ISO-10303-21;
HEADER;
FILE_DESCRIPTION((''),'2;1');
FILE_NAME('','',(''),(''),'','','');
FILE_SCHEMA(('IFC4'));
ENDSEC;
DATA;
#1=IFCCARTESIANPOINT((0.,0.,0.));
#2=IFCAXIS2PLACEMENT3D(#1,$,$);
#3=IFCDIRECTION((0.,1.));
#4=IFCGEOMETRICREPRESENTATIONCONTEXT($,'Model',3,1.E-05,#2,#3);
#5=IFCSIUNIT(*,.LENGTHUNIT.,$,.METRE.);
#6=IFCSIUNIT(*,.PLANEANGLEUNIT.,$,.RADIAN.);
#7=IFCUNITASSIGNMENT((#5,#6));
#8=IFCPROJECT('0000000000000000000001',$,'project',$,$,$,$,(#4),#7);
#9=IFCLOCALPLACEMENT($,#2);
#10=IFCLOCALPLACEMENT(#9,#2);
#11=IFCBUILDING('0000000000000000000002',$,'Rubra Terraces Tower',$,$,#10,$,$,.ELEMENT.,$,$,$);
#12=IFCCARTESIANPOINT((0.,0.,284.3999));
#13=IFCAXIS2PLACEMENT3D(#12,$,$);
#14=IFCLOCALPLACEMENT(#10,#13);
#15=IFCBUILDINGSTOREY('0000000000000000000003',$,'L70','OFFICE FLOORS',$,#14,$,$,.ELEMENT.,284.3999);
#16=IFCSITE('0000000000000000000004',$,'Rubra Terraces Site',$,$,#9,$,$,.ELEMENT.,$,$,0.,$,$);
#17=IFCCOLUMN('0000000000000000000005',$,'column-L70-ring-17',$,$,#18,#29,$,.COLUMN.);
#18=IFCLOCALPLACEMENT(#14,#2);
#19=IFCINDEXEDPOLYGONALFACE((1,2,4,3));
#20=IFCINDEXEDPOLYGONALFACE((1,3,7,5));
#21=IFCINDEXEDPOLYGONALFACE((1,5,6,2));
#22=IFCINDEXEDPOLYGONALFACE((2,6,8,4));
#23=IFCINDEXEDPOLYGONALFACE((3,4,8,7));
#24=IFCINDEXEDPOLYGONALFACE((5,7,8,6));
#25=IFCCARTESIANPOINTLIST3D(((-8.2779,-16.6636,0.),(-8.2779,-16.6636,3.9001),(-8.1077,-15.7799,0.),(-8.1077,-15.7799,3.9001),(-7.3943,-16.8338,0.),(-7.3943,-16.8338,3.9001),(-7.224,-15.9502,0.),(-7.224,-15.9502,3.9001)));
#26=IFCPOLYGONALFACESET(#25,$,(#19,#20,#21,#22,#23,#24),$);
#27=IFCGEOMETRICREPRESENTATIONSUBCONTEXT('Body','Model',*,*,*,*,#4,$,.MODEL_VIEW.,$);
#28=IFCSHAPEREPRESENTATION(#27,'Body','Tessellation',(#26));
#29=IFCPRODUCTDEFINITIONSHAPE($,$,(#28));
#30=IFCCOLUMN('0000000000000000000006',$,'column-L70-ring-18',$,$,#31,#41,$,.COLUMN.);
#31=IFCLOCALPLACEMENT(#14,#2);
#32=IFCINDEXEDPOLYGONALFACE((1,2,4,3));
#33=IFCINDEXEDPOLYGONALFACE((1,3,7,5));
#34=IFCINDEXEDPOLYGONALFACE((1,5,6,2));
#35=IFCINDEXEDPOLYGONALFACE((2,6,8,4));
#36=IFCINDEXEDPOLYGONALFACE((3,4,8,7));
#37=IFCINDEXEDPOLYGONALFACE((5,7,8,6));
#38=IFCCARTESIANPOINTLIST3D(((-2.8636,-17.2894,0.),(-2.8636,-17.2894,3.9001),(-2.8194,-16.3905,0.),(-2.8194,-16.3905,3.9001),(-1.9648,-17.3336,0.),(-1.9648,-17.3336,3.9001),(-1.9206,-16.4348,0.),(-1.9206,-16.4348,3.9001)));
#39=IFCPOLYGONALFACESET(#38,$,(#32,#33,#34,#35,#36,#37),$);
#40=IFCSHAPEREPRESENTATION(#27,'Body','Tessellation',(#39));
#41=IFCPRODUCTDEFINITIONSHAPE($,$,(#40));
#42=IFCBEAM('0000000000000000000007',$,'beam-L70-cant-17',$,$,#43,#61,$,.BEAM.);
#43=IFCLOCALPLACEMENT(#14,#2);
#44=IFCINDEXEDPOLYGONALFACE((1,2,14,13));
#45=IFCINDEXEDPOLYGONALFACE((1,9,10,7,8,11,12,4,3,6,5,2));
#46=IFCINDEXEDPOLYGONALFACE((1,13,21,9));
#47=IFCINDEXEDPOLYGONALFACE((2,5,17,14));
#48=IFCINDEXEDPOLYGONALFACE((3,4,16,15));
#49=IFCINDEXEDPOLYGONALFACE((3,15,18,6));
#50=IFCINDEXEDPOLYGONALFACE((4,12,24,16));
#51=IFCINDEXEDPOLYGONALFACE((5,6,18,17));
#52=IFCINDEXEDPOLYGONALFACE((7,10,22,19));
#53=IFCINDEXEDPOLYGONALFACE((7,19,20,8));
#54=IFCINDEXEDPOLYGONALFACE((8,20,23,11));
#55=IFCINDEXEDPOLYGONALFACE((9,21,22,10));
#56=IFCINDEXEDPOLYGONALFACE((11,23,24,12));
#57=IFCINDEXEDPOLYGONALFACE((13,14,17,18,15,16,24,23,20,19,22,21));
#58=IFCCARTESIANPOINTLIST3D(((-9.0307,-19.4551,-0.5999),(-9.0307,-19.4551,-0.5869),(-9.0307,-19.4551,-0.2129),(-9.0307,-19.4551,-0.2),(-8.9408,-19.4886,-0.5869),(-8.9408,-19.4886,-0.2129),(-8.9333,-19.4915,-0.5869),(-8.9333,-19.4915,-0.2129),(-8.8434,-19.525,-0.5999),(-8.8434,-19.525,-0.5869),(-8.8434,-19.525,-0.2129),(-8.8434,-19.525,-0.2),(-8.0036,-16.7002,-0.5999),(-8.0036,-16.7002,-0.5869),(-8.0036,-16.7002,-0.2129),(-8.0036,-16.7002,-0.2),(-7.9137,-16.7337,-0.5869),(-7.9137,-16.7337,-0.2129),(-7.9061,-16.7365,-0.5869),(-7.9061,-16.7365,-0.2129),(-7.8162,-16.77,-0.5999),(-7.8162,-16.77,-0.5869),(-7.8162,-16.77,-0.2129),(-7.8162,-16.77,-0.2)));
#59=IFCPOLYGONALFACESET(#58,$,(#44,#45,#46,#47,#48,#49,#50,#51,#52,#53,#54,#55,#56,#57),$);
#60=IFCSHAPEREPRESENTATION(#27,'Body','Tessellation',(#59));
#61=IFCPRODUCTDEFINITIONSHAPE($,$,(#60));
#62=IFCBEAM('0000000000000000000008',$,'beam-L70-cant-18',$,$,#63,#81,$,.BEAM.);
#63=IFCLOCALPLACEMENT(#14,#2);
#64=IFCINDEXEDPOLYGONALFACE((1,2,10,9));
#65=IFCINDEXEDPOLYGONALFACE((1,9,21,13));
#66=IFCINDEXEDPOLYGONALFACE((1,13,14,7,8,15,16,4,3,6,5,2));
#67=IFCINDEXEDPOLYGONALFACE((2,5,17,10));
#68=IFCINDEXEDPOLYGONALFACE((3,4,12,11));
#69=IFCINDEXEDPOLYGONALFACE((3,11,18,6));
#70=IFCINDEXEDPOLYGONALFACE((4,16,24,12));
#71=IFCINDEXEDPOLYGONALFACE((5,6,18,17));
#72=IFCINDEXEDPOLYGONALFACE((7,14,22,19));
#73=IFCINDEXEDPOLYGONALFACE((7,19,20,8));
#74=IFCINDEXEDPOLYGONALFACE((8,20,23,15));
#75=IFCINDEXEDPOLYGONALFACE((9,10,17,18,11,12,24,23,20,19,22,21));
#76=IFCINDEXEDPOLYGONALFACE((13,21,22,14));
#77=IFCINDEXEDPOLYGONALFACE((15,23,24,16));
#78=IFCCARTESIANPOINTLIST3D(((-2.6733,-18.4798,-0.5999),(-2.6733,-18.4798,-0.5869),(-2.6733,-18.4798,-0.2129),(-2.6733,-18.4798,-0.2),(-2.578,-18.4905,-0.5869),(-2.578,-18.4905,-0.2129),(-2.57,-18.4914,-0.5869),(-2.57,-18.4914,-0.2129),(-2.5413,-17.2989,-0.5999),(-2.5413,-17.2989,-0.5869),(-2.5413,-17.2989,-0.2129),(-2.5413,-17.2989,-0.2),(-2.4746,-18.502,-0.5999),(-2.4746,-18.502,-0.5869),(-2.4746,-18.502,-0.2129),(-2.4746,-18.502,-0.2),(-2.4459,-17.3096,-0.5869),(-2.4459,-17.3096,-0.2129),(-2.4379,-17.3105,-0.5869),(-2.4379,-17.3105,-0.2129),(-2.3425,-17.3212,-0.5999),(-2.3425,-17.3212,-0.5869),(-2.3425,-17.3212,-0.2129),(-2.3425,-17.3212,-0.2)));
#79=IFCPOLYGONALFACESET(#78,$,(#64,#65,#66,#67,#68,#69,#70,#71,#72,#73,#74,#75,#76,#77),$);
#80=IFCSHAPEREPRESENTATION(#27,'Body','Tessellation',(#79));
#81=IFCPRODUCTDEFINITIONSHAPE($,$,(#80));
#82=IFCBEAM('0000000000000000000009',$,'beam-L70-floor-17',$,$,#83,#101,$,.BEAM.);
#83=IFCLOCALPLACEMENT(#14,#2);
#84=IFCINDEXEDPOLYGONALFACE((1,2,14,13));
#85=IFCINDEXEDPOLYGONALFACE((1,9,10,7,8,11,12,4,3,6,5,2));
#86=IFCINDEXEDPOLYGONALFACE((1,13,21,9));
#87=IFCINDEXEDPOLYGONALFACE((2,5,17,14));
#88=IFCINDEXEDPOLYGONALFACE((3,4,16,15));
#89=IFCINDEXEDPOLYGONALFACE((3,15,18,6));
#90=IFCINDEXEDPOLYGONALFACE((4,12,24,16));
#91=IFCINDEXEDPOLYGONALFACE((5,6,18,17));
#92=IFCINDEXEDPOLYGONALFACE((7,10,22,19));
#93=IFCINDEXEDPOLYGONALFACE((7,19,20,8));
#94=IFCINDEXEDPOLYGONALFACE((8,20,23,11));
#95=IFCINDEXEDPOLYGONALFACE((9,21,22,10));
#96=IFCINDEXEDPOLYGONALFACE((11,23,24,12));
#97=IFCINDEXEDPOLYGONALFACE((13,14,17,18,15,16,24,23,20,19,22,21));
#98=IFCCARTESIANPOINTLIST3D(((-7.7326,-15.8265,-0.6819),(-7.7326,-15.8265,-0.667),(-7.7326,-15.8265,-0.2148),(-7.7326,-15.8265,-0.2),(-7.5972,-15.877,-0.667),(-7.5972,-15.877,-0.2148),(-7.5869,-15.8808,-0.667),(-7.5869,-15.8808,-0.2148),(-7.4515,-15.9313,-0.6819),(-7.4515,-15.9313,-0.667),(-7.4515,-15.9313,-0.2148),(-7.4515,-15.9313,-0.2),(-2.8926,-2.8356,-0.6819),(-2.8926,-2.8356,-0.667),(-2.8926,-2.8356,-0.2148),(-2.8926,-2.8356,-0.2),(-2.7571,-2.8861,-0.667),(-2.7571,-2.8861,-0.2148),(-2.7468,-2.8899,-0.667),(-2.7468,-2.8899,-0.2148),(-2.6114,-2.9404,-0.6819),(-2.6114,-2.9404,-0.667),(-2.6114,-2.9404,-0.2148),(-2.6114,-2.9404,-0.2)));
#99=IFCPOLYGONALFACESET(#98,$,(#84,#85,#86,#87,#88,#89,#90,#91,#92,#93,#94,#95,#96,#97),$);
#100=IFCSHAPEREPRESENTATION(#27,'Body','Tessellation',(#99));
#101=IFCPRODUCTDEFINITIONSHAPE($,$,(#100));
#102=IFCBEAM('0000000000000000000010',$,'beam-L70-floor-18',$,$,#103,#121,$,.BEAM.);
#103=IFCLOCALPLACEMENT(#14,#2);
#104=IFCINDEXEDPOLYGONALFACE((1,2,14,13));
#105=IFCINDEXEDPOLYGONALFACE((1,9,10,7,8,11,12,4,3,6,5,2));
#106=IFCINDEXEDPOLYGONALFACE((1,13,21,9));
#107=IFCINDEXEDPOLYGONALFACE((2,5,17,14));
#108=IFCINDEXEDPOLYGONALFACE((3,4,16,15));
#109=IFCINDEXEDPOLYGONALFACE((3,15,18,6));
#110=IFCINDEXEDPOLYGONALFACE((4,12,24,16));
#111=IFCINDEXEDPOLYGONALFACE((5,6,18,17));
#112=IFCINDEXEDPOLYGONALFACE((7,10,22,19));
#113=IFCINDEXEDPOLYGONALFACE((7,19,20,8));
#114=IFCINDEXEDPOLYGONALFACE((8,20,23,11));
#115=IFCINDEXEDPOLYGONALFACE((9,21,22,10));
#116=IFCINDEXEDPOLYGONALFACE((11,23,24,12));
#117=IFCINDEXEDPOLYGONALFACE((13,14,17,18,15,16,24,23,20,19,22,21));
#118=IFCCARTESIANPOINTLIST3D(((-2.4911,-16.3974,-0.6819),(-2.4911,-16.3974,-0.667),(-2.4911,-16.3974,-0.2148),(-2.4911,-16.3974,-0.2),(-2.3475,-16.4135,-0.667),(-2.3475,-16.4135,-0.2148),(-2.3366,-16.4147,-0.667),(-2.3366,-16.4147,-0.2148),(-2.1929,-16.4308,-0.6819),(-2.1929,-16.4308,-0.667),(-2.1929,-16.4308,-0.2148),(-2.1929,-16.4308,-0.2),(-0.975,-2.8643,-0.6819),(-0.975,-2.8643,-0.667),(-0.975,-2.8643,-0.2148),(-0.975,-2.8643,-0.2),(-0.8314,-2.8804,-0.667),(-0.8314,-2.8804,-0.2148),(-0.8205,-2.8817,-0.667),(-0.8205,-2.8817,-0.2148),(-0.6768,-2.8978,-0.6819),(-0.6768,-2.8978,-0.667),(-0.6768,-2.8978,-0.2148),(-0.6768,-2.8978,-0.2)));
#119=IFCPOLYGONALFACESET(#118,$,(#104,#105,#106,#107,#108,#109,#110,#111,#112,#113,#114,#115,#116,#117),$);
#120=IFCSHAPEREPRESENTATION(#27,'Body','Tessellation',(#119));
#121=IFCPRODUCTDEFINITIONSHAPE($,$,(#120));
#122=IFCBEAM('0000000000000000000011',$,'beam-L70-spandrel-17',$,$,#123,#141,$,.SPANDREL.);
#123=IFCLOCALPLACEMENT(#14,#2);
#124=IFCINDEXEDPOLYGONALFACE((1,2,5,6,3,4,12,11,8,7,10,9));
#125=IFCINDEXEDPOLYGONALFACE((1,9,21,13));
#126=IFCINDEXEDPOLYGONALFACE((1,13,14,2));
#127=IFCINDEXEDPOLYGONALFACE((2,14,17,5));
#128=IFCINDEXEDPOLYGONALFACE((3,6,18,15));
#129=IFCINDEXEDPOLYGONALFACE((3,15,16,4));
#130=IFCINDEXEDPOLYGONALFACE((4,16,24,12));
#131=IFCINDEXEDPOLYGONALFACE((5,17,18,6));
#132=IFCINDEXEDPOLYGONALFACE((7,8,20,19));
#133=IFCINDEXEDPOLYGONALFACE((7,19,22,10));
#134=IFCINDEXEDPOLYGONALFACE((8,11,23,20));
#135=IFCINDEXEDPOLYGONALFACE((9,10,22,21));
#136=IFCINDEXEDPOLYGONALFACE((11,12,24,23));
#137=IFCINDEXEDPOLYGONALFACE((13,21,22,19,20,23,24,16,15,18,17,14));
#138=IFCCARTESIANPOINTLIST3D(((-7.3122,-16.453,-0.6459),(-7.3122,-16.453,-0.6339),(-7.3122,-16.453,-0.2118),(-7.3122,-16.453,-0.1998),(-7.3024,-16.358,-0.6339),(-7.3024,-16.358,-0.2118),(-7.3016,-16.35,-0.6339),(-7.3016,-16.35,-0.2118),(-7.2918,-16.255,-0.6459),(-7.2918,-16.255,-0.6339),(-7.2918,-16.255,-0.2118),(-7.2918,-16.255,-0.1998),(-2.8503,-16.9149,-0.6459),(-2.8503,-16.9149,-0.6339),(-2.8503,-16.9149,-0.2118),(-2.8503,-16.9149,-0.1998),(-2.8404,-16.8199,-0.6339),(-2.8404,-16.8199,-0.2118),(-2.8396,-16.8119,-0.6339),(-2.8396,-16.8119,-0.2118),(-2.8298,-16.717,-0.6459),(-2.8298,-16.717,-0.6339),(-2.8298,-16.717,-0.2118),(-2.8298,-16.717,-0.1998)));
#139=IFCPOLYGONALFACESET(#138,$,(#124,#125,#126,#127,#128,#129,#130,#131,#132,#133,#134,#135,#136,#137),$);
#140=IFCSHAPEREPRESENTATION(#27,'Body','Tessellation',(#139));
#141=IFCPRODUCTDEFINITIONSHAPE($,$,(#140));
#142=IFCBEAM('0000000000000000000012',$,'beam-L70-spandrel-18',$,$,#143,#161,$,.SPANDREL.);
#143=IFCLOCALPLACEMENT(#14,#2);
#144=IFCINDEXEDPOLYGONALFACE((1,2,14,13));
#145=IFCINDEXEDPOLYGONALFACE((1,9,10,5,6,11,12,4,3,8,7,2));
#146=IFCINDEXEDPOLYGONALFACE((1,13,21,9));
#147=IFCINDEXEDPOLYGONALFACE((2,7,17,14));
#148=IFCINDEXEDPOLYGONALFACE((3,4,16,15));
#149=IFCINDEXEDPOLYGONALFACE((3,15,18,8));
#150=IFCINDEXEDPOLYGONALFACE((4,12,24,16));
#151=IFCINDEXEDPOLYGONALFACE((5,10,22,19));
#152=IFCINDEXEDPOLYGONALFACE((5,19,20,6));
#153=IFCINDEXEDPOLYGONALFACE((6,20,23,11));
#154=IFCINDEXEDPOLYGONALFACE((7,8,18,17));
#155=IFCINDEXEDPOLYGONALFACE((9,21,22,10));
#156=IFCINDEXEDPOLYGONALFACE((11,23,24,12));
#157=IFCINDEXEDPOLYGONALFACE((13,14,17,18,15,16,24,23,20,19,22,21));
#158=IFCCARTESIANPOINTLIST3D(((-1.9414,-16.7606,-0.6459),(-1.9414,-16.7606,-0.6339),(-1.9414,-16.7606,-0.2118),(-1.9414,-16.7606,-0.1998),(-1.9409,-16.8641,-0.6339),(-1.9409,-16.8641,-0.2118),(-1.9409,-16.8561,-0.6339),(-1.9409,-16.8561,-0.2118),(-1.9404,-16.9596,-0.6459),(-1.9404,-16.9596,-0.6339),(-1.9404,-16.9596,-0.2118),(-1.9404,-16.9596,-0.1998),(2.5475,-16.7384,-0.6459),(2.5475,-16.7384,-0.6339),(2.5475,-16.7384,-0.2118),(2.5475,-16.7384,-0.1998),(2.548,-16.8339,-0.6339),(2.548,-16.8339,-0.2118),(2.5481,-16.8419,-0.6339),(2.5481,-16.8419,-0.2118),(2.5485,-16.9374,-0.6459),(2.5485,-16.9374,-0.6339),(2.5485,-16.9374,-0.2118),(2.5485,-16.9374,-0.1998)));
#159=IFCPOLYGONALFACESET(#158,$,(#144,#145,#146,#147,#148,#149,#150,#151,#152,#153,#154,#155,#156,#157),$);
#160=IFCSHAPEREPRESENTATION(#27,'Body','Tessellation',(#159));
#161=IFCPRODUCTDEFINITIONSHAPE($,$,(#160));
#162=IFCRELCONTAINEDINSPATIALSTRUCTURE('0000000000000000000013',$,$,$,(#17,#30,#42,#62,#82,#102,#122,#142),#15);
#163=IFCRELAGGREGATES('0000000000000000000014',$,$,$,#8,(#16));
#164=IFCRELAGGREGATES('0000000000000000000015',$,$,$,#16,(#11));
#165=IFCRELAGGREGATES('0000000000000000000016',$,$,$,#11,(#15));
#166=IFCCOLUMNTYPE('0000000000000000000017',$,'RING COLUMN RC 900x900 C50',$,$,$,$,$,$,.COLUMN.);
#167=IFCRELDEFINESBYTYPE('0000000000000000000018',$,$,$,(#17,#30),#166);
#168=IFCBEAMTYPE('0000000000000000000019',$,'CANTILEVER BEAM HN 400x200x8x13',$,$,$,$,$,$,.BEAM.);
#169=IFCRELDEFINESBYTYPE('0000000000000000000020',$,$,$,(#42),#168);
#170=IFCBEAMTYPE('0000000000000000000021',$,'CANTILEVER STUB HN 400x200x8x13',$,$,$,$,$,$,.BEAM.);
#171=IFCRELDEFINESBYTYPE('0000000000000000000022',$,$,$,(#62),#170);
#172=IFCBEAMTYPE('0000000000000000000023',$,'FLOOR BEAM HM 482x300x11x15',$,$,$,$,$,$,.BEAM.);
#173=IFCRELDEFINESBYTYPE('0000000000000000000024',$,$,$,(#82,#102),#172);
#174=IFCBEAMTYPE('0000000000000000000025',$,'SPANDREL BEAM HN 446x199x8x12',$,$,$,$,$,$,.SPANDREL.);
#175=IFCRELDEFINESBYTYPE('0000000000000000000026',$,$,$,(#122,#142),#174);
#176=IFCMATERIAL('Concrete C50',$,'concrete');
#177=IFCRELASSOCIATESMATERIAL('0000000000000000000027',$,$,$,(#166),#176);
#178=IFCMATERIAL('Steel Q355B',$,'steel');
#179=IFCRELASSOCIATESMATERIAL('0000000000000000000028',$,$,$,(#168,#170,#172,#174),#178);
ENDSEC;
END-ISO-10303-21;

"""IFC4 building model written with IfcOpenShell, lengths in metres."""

from ifc_helpers import new_model, si_unit, direction, frame, origin, origin_2d, place, context, subcontext, project, spatial, rectangle, i_section, extrude, material, material_profile, profile_set, type_object, element, save


model = new_model("IFC4")

# Units and contexts
model_context = context("Model", 3, precision=1e-05, world=origin(), true_north=direction((0.0, 1.0)))
body_context = subcontext(model_context, "Body", "Model", "MODEL_VIEW")
ifc_project = project(units=[si_unit("LENGTHUNIT", "METRE"), si_unit("PLANEANGLEUNIT", "RADIAN")], contexts=[model_context])

# Site, building, storey
site_placement = place(None, origin())
site = spatial("IfcSite", under=ifc_project, at=site_placement, Name="Rubra Terraces Site", CompositionType="ELEMENT", RefElevation=0.0)
building_placement = place(site_placement, origin())
building = spatial("IfcBuilding", under=site, at=building_placement, Name="Rubra Terraces Tower", CompositionType="ELEMENT")
storey_placement = place(building_placement, frame((0.0, 0.0, 284.3999)))
storey = spatial("IfcBuildingStorey", under=building, at=storey_placement, Name="L70", Description="OFFICE FLOORS", CompositionType="ELEMENT", Elevation=284.3999)

# Columns
ifc_material_1 = material(Name="Concrete C50", Category="concrete")
ifc_material_profile_1 = material_profile(ifc_material_1, rectangle(XDim=0.8999, YDim=0.8999, at=origin_2d()), Name="RC 900x900")
ifc_profile_set_1 = profile_set([ifc_material_profile_1], Name="Concrete C50")
column_type = type_object("IfcColumnType", Name="RING COLUMN RC 900x900 C50", PredefinedType="COLUMN", material=ifc_profile_set_1)
for number, where, z_axis, x_axis, name in (
    (1, (-7.751, -16.3069, 0.0), (0.0, 0.0, 1.0), (0.981937, -0.18921, 0.0), "column-L70-ring-17"),
    (2, (-2.3921, -16.8621, 0.0), (0.0, 0.0, 1.0), (0.998791, -0.04915, 0.0), "column-L70-ring-18"),
):
    element("IfcColumn", number, at=place(storey_placement, frame(where, z_axis=z_axis, x_axis=x_axis)), inside=storey, type_object=column_type, Name=name, PredefinedType="COLUMN", context=body_context, shape_type="SweptSolid", body=[
        extrude(rectangle(XDim=0.8999, YDim=0.8999, at=origin_2d()), origin(), (0.0, 0.0, 1.0), 3.9001),
    ])

# Beams
ifc_material_2 = material(Name="Steel Q355B", Category="steel")
ifc_material_profile_2 = material_profile(ifc_material_2, i_section(OverallWidth=0.2, OverallDepth=0.3999, WebThickness=0.0081, FlangeThickness=0.0129, at=origin_2d()), Name="HN 400x200x8x13")
ifc_profile_set_2 = profile_set([ifc_material_profile_2], Name="Steel Q355B")
beam_type_1 = type_object("IfcBeamType", Name="CANTILEVER BEAM HN 400x200x8x13", PredefinedType="BEAM", material=ifc_profile_set_2)
beam_1_placement = place(storey_placement, frame((-7.9099, -16.7351, -0.3999), z_axis=(-0.349339, -0.936996, 0.0), x_axis=(0.936996, -0.349339, 0.0)))
element("IfcBeam", 3, at=beam_1_placement, inside=storey, type_object=beam_type_1, Name="beam-L70-cant-17", PredefinedType="BEAM", context=body_context, shape_type="SweptSolid", body=[
    extrude(i_section(OverallWidth=0.2, OverallDepth=0.3999, WebThickness=0.0081, FlangeThickness=0.0129, at=origin_2d()), origin(), (0.0, 0.0, 1.0), 2.9402),
])
ifc_material_profile_3 = material_profile(ifc_material_2, i_section(OverallWidth=0.2, OverallDepth=0.3999, WebThickness=0.0081, FlangeThickness=0.0129, at=origin_2d()), Name="HN 400x200x8x13")
ifc_profile_set_3 = profile_set([ifc_material_profile_3], Name="Steel Q355B")
beam_type_2 = type_object("IfcBeamType", Name="CANTILEVER STUB HN 400x200x8x13", PredefinedType="BEAM", material=ifc_profile_set_3)
beam_2_placement = place(storey_placement, frame((-2.4419, -17.3101, -0.3999), z_axis=(-0.111153, -0.993803, 0.0), x_axis=(0.993803, -0.111153, 0.0)))
element("IfcBeam", 4, at=beam_2_placement, inside=storey, type_object=beam_type_2, Name="beam-L70-cant-18", PredefinedType="BEAM", context=body_context, shape_type="SweptSolid", body=[
    extrude(i_section(OverallWidth=0.2, OverallDepth=0.3999, WebThickness=0.0081, FlangeThickness=0.0129, at=origin_2d()), origin(), (0.0, 0.0, 1.0), 1.1882),
])
ifc_material_profile_4 = material_profile(ifc_material_2, i_section(OverallWidth=0.3, OverallDepth=0.4819, WebThickness=0.011, FlangeThickness=0.0149, at=origin_2d()), Name="HM 482x300x11x15")
ifc_profile_set_4 = profile_set([ifc_material_profile_4], Name="Steel Q355B")
beam_type_3 = type_object("IfcBeamType", Name="FLOOR BEAM HM 482x300x11x15", PredefinedType="BEAM", material=ifc_profile_set_4)
beam_3_placement = place(storey_placement, frame((-7.592, -15.8789, -0.4409), z_axis=(0.349129, 0.937075, 0.0), x_axis=(-0.937075, 0.349129, 0.0)))
element("IfcBeam", 5, at=beam_3_placement, inside=storey, type_object=beam_type_3, Name="beam-L70-floor-17", PredefinedType="BEAM", context=body_context, shape_type="SweptSolid", body=[
    extrude(i_section(OverallWidth=0.3, OverallDepth=0.4819, WebThickness=0.011, FlangeThickness=0.0149, at=origin_2d()), origin(), (0.0, 0.0, 1.0), 13.8633),
])
beam_4_placement = place(storey_placement, frame((-2.342, -16.4141, -0.4409), z_axis=(0.111335, 0.993783, 0.0), x_axis=(-0.993783, 0.111335, 0.0)))
element("IfcBeam", 6, at=beam_4_placement, inside=storey, type_object=beam_type_3, Name="beam-L70-floor-18", PredefinedType="BEAM", context=body_context, shape_type="SweptSolid", body=[
    extrude(i_section(OverallWidth=0.3, OverallDepth=0.4819, WebThickness=0.011, FlangeThickness=0.0149, at=origin_2d()), origin(), (0.0, 0.0, 1.0), 13.6177),
])
ifc_material_profile_5 = material_profile(ifc_material_2, i_section(OverallWidth=0.199, OverallDepth=0.446, WebThickness=0.0081, FlangeThickness=0.012, at=origin_2d()), Name="HN 446x199x8x12")
ifc_profile_set_5 = profile_set([ifc_material_profile_5], Name="Steel Q355B")
beam_type_4 = type_object("IfcBeamType", Name="SPANDREL BEAM HN 446x199x8x12", PredefinedType="SPANDREL", material=ifc_profile_set_5)
beam_5_placement = place(storey_placement, frame((-7.302, -16.354, -0.4229), z_axis=(0.994684, -0.102973, 0.0), x_axis=(0.102973, 0.994684, 0.0)))
element("IfcBeam", 7, at=beam_5_placement, inside=storey, type_object=beam_type_4, Name="beam-L70-spandrel-17", PredefinedType="SPANDREL", context=body_context, shape_type="SweptSolid", body=[
    extrude(i_section(OverallWidth=0.199, OverallDepth=0.446, WebThickness=0.0081, FlangeThickness=0.012, at=origin_2d()), origin(), (0.0, 0.0, 1.0), 4.4858),
])
beam_6_placement = place(storey_placement, frame((-1.9409, -16.8601, -0.4229), z_axis=(0.999988, 0.004949, 0.0), x_axis=(-0.004949, 0.999988, 0.0)))
element("IfcBeam", 8, at=beam_6_placement, inside=storey, type_object=beam_type_4, Name="beam-L70-spandrel-18", PredefinedType="SPANDREL", context=body_context, shape_type="SweptSolid", body=[
    extrude(i_section(OverallWidth=0.199, OverallDepth=0.446, WebThickness=0.0081, FlangeThickness=0.012, at=origin_2d()), origin(), (0.0, 0.0, 1.0), 4.489),
])

save(model, "model.ifc")
